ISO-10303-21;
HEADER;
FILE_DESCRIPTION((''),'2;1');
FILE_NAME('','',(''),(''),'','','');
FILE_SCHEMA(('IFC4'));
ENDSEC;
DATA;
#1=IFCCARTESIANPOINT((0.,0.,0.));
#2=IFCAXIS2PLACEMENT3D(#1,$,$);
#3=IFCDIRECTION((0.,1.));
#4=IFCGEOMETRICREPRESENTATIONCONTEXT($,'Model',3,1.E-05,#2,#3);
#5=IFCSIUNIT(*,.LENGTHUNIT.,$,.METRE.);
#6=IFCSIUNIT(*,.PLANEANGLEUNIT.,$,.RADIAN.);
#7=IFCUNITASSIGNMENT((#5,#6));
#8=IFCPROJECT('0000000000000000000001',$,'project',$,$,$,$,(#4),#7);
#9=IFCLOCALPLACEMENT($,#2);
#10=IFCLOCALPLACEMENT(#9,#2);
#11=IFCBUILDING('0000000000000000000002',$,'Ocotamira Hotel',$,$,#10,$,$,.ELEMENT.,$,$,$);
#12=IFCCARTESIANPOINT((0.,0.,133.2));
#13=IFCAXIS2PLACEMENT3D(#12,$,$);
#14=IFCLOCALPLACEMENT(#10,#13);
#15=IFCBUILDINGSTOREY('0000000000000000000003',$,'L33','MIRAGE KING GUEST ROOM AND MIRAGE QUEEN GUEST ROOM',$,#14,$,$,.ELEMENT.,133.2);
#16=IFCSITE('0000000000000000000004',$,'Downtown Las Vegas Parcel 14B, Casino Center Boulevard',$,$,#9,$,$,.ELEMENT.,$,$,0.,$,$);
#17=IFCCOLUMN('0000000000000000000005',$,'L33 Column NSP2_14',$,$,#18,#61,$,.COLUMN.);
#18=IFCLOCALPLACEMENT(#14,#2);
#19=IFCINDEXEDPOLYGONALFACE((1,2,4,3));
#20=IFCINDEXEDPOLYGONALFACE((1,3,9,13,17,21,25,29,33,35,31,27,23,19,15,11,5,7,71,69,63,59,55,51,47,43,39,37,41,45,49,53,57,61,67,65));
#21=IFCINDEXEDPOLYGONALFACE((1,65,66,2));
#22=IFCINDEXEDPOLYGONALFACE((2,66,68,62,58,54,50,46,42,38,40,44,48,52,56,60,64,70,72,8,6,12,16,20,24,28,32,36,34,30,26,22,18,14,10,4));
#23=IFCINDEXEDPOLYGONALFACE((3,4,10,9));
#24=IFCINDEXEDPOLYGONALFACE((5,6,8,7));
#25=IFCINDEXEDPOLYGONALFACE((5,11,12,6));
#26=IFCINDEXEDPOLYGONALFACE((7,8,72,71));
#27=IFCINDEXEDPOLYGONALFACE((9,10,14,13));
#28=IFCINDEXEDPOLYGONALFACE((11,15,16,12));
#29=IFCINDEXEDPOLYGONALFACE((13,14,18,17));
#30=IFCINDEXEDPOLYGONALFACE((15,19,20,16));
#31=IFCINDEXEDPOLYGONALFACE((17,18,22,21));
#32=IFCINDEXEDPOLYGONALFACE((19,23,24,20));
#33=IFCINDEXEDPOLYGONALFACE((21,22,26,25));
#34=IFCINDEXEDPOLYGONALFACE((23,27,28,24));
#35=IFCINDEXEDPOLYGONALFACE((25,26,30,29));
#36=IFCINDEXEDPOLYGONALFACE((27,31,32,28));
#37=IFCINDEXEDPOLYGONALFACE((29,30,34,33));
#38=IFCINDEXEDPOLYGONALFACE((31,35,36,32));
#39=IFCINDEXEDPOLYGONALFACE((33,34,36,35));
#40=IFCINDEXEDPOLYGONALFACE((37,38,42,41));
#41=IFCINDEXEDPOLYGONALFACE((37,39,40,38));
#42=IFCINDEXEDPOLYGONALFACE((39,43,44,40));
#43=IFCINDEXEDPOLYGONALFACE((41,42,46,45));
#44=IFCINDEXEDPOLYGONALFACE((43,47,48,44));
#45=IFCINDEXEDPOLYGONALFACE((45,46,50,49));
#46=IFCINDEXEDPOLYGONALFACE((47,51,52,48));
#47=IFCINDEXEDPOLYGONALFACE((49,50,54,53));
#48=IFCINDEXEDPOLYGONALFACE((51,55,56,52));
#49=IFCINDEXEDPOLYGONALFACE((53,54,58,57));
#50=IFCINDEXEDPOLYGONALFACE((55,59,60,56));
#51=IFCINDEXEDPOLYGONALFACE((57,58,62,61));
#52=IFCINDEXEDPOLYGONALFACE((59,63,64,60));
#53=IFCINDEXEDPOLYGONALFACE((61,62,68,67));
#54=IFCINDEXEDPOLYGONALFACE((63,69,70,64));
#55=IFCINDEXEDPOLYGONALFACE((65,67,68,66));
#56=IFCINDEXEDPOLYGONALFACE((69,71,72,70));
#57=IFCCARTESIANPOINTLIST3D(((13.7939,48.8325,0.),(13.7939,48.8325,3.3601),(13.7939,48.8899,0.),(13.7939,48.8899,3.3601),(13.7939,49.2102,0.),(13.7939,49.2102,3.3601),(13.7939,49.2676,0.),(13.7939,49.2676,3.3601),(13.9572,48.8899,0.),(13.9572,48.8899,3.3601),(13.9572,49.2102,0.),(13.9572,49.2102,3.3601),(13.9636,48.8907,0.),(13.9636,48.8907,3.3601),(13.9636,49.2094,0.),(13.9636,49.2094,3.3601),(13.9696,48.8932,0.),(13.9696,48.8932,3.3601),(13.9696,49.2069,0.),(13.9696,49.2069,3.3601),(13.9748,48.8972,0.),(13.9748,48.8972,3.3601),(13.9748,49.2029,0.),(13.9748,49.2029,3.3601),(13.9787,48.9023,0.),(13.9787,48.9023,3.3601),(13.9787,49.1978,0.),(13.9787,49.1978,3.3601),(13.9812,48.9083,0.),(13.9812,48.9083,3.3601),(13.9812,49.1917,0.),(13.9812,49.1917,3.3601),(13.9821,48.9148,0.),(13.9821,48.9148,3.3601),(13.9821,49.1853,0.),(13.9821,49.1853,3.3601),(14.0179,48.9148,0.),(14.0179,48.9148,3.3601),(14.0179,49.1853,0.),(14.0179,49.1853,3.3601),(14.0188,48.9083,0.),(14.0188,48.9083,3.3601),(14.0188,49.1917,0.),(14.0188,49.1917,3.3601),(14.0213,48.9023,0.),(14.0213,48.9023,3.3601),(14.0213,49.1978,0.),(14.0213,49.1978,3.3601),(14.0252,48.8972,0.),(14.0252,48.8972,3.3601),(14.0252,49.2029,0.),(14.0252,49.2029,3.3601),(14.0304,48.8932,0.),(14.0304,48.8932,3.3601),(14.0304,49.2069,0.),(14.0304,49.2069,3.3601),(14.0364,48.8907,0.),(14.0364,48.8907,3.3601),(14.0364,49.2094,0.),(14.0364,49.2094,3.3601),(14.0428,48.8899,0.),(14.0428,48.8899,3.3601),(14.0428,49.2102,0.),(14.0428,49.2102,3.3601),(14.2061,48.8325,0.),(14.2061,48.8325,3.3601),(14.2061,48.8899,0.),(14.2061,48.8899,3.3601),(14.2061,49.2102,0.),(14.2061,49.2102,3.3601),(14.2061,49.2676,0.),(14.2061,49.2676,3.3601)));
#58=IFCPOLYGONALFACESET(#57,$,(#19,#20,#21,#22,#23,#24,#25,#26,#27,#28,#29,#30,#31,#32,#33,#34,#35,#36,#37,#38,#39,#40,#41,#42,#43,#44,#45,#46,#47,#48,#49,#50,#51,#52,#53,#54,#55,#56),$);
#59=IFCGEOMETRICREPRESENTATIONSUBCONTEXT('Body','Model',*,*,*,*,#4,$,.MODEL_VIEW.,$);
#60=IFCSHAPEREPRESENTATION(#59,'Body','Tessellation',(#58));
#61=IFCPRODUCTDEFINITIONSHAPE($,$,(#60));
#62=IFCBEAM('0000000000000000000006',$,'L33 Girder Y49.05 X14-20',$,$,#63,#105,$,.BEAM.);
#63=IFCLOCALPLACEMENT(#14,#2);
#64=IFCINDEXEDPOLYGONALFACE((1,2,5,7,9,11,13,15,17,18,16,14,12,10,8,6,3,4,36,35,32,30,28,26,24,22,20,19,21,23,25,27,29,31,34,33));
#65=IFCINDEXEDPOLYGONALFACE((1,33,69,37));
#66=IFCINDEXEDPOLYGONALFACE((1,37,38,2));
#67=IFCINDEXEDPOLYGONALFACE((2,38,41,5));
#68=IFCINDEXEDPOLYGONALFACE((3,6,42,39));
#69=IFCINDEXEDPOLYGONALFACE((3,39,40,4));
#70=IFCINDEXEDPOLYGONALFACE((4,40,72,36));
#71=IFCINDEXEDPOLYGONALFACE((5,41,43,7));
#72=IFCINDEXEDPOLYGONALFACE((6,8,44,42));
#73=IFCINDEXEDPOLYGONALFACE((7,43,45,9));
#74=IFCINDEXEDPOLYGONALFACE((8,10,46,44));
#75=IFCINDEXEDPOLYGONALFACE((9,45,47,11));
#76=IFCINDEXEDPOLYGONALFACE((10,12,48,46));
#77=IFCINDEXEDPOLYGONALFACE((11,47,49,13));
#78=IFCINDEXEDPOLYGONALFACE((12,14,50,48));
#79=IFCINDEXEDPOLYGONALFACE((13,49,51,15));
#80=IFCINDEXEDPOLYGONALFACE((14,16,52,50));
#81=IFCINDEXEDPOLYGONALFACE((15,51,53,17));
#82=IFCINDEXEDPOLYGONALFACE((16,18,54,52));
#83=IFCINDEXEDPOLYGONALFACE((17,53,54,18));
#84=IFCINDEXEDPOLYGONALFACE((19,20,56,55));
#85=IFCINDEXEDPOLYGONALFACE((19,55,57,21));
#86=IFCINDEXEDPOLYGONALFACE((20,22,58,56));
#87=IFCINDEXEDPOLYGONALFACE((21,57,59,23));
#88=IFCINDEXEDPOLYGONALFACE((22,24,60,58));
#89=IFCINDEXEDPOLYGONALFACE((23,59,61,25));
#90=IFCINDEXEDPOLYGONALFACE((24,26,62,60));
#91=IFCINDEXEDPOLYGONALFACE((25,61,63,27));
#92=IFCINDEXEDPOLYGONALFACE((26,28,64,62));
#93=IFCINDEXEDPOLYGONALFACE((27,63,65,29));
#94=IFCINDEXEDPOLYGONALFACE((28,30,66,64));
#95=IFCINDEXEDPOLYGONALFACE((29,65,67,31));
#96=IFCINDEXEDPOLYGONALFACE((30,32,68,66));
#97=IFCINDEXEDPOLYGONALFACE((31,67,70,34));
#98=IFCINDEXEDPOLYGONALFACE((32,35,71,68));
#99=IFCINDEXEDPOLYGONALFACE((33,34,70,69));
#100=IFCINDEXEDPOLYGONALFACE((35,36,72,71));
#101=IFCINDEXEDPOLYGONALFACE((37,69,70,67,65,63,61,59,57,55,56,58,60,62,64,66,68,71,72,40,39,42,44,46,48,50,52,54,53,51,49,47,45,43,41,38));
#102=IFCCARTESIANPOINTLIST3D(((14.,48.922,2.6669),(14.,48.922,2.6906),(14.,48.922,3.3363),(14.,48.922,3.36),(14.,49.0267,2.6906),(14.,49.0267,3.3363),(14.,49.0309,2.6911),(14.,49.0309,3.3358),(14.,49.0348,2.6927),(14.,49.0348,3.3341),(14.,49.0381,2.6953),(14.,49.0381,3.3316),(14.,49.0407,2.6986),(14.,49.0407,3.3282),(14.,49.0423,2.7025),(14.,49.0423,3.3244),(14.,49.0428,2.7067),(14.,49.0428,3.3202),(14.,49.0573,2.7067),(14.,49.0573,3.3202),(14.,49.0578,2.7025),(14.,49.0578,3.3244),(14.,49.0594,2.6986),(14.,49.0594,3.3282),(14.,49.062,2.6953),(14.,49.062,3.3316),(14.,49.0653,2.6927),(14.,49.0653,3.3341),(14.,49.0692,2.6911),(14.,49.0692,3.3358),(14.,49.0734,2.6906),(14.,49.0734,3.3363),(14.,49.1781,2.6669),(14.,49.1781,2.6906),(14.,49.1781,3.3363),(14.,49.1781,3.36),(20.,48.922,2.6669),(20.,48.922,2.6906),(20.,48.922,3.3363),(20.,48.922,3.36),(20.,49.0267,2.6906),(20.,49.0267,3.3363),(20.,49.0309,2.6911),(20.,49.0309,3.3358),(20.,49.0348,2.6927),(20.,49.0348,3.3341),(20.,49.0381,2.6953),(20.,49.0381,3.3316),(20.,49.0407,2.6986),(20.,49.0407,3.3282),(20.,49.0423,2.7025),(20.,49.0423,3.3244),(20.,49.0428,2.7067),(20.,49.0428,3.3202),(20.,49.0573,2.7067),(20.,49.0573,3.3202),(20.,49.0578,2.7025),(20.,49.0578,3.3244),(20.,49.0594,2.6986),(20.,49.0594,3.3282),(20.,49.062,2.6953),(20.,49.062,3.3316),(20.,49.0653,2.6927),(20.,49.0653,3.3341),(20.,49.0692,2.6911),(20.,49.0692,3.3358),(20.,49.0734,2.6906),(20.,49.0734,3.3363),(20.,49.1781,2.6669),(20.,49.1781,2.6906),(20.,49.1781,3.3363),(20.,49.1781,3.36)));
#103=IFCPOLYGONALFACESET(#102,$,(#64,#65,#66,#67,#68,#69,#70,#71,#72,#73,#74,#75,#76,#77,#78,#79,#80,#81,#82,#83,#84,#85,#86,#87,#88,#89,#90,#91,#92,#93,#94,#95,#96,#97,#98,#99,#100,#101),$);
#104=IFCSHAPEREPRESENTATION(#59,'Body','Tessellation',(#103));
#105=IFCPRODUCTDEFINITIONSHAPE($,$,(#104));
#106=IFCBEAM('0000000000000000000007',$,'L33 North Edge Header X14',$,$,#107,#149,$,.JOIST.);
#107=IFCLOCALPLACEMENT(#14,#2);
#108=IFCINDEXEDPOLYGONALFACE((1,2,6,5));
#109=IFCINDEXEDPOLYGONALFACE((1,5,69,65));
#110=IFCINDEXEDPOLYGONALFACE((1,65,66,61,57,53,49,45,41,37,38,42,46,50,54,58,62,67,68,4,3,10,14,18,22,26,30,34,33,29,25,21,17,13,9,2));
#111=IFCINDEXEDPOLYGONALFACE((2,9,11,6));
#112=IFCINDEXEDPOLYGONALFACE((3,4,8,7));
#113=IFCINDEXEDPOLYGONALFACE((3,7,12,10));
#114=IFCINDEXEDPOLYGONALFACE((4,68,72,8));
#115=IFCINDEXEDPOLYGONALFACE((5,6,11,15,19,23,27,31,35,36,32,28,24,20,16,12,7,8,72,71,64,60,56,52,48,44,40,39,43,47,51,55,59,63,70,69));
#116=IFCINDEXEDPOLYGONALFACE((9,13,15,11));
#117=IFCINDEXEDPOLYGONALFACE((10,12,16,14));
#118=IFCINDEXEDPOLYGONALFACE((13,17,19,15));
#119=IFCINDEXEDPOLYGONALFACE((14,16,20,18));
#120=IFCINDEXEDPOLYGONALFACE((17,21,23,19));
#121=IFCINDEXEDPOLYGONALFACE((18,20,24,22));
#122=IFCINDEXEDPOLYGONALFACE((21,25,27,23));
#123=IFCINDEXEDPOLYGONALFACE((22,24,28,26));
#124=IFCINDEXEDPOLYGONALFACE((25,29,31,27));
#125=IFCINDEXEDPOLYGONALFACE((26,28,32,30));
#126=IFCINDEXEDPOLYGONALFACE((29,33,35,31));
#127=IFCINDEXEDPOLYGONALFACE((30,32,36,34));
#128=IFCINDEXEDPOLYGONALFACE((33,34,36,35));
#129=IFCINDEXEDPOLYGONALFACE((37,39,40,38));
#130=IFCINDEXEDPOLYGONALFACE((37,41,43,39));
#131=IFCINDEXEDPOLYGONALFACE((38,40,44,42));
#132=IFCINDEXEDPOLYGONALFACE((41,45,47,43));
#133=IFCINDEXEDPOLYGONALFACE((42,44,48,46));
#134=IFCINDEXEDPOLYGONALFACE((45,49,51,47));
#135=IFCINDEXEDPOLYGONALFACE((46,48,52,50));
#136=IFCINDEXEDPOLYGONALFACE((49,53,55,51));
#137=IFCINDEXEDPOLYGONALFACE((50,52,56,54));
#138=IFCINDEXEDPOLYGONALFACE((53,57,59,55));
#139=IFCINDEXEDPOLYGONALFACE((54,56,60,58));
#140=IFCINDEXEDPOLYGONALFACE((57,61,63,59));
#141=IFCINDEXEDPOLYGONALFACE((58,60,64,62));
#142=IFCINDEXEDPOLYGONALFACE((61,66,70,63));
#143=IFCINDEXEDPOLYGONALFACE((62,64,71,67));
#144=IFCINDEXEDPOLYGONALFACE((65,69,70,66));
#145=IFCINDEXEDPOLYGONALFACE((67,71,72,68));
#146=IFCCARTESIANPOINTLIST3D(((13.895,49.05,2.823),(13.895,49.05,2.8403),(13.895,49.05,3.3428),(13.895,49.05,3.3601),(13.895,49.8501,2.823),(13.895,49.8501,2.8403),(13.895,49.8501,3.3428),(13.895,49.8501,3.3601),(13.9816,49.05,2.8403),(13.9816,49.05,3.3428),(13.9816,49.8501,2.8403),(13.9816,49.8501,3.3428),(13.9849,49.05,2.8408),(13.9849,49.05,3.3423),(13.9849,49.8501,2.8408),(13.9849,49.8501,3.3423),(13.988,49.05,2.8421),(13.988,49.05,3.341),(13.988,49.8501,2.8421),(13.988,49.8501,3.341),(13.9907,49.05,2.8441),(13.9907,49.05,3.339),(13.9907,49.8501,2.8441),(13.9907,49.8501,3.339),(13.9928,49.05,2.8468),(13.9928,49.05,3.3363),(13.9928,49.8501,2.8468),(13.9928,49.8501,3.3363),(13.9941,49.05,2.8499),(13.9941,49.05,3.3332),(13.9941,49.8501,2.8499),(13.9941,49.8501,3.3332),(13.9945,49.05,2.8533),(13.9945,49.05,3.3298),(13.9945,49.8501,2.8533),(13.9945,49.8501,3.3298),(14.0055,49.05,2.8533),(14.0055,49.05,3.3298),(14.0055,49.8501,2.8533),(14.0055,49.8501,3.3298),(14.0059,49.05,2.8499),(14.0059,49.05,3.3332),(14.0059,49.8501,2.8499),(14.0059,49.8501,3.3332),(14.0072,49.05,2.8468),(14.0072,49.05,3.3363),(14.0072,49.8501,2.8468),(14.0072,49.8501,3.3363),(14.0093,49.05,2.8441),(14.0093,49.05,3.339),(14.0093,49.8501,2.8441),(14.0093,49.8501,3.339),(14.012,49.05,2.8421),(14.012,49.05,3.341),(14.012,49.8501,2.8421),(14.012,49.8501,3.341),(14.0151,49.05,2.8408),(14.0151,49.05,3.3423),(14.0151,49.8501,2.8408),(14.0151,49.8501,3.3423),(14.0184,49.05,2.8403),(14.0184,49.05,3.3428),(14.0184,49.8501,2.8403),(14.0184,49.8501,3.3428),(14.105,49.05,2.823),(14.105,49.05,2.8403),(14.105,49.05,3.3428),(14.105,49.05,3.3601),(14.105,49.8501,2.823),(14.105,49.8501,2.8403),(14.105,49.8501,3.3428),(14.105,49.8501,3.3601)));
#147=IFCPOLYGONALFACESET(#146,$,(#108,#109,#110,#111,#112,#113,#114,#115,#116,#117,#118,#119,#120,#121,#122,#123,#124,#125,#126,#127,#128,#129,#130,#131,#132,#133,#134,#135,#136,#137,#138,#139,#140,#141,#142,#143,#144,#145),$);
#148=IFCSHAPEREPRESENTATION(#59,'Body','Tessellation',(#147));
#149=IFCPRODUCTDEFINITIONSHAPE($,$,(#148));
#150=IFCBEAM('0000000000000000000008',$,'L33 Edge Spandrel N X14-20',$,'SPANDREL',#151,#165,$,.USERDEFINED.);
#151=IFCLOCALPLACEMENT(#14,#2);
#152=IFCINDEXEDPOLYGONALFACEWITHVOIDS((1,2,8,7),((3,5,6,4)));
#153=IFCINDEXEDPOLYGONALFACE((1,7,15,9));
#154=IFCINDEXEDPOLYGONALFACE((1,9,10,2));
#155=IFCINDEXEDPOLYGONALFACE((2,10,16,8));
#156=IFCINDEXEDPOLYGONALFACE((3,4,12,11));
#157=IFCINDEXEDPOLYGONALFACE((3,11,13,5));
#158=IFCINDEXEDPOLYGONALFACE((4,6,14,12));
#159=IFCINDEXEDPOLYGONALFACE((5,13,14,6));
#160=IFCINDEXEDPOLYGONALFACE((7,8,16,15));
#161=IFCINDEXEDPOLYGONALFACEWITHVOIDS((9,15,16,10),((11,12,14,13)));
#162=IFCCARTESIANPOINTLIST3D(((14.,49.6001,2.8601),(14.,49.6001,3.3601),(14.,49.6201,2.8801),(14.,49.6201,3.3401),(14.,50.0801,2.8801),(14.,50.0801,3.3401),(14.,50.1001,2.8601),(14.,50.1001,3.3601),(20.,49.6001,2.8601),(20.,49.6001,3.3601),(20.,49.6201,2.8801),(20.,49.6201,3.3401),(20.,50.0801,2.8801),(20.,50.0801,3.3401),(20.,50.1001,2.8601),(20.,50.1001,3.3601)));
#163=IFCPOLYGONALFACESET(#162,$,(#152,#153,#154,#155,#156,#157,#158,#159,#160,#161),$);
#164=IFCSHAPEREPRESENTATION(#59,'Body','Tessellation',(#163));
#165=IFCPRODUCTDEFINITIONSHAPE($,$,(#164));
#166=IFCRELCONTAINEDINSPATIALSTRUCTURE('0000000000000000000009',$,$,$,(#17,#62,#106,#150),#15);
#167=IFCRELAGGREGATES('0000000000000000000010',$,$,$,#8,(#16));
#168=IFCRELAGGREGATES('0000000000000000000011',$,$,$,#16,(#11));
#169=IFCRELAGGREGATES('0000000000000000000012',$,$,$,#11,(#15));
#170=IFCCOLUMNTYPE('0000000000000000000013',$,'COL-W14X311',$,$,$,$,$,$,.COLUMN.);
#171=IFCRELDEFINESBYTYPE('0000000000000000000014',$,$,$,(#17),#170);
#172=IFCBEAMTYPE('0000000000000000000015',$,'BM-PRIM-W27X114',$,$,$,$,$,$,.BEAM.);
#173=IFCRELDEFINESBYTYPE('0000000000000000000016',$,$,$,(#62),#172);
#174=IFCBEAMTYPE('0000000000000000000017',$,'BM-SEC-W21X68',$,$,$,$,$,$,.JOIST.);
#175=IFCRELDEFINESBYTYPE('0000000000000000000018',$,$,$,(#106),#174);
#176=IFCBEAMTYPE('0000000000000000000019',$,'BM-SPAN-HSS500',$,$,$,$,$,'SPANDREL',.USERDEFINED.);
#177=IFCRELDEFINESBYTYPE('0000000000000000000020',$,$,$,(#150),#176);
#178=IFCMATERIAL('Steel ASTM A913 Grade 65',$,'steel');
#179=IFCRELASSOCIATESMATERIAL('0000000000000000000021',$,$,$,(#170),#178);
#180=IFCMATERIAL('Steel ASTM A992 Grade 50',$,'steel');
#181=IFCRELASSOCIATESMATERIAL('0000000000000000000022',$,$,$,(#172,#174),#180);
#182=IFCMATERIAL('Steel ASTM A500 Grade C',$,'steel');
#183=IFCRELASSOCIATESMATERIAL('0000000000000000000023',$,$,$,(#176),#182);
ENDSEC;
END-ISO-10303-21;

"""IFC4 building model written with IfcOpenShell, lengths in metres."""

from ifc_helpers import new_model, si_unit, direction, frame, origin, origin_2d, place, context, subcontext, project, spatial, hollow_rectangle, i_section, extrude, source, transform, mapped, material, material_profile, profile_set, type_object, element, save


model = new_model("IFC4")

# Units and contexts
model_context = context("Model", 3, precision=1e-05, world=origin(), true_north=direction((0.0, 1.0)))
body_context = subcontext(model_context, "Body", "Model", "MODEL_VIEW")
ifc_project = project(units=[si_unit("LENGTHUNIT", "METRE"), si_unit("PLANEANGLEUNIT", "RADIAN")], contexts=[model_context])

# Site, building, storey
site_placement = place(None, origin())
site = spatial("IfcSite", under=ifc_project, at=site_placement, Name="Downtown Las Vegas Parcel 14B, Casino Center Boulevard", CompositionType="ELEMENT", RefElevation=0.0)
building_placement = place(site_placement, origin())
building = spatial("IfcBuilding", under=site, at=building_placement, Name="Ocotamira Hotel", CompositionType="ELEMENT")
storey_placement = place(building_placement, frame((0.0, 0.0, 133.2)))
storey = spatial("IfcBuildingStorey", under=building, at=storey_placement, Name="L33", Description="MIRAGE KING GUEST ROOM AND MIRAGE QUEEN GUEST ROOM", CompositionType="ELEMENT", Elevation=133.2)

# Column
ifc_material_1 = material(Name="Steel ASTM A913 Grade 65", Category="steel")
ifc_material_profile_1 = material_profile(ifc_material_1, i_section(OverallWidth=0.4121, OverallDepth=0.4351, WebThickness=0.0359, FlangeThickness=0.0574, FilletRadius=0.0249, at=origin_2d()), Name="W14X311")
ifc_profile_set_1 = profile_set([ifc_material_profile_1], Name="Steel ASTM A913 Grade 65")
column_type = type_object("IfcColumnType", Name="COL-W14X311", PredefinedType="COLUMN", material=ifc_profile_set_1)
shared_shape_1 = source(origin(), body_context, "Body", "SweptSolid", [
    extrude(i_section(OverallWidth=0.4121, OverallDepth=0.4351, WebThickness=0.0359, FlangeThickness=0.0574, FilletRadius=0.0249, at=origin_2d()), origin(), (0.0, 0.0, 1.0), 3.3601),
])
column_placement = place(storey_placement, frame((14.0, 49.05, 0.0), z_axis=(0.0, 0.0, 1.0), x_axis=(1.0, 0.0, 0.0)))
element("IfcColumn", 1, at=column_placement, inside=storey, type_object=column_type, Name="L33 Column NSP2_14", PredefinedType="COLUMN", context=body_context, shape_type="MappedRepresentation", body=[
    mapped(shared_shape_1, transform((0.0, 0.0, 0.0), scale=1.0)),
])

# Beams
ifc_material_2 = material(Name="Steel ASTM A992 Grade 50", Category="steel")
ifc_material_profile_2 = material_profile(ifc_material_2, i_section(OverallWidth=0.2561, OverallDepth=0.6931, WebThickness=0.0144, FlangeThickness=0.0237, FilletRadius=0.0161, at=origin_2d()), Name="W27X114")
ifc_profile_set_2 = profile_set([ifc_material_profile_2], Name="Steel ASTM A992 Grade 50")
beam_type_1 = type_object("IfcBeamType", Name="BM-PRIM-W27X114", PredefinedType="BEAM", material=ifc_profile_set_2)
shared_shape_2 = source(origin(), body_context, "Body", "SweptSolid", [
    extrude(i_section(OverallWidth=0.2561, OverallDepth=0.6931, WebThickness=0.0144, FlangeThickness=0.0237, FilletRadius=0.0161, at=origin_2d()), origin(), (0.0, 0.0, 1.0), 6.0),
])
beam_1_placement = place(storey_placement, frame((14.0, 49.05, 3.0134), z_axis=(1.0, 0.0, 0.0), x_axis=(0.0, 1.0, 0.0)))
element("IfcBeam", 2, at=beam_1_placement, inside=storey, type_object=beam_type_1, Name="L33 Girder Y49.05 X14-20", PredefinedType="BEAM", context=body_context, shape_type="MappedRepresentation", body=[
    mapped(shared_shape_2, transform((0.0, 0.0, 0.0), scale=1.0)),
])
ifc_material_profile_3 = material_profile(ifc_material_2, i_section(OverallWidth=0.21, OverallDepth=0.5371, WebThickness=0.011, FlangeThickness=0.0173, FilletRadius=0.0129, at=origin_2d()), Name="W21X68")
ifc_profile_set_3 = profile_set([ifc_material_profile_3], Name="Steel ASTM A992 Grade 50")
beam_type_2 = type_object("IfcBeamType", Name="BM-SEC-W21X68", PredefinedType="JOIST", material=ifc_profile_set_3)
shared_shape_3 = source(origin(), body_context, "Body", "SweptSolid", [
    extrude(i_section(OverallWidth=0.21, OverallDepth=0.5371, WebThickness=0.011, FlangeThickness=0.0173, FilletRadius=0.0129, at=origin_2d()), origin(), (0.0, 0.0, 1.0), 0.8),
])
beam_2_placement = place(storey_placement, frame((14.0, 49.05, 3.0916), z_axis=(0.0, 1.0, 0.0), x_axis=(-1.0, 0.0, 0.0)))
element("IfcBeam", 3, at=beam_2_placement, inside=storey, type_object=beam_type_2, Name="L33 North Edge Header X14", PredefinedType="JOIST", context=body_context, shape_type="MappedRepresentation", body=[
    mapped(shared_shape_3, transform((0.0, 0.0, 0.0), scale=1.0)),
])
ifc_material_3 = material(Name="Steel ASTM A500 Grade C", Category="steel")
ifc_material_profile_4 = material_profile(ifc_material_3, hollow_rectangle(XDim=0.5, YDim=0.5, WallThickness=0.02, at=origin_2d()), Name="HSS500X500X20")
ifc_profile_set_4 = profile_set([ifc_material_profile_4], Name="Steel ASTM A500 Grade C")
beam_type_3 = type_object("IfcBeamType", Name="BM-SPAN-HSS500", ElementType="SPANDREL", PredefinedType="USERDEFINED", material=ifc_profile_set_4)
shared_shape_4 = source(origin(), body_context, "Body", "SweptSolid", [
    extrude(hollow_rectangle(XDim=0.5, YDim=0.5, WallThickness=0.02, at=origin_2d()), origin(), (0.0, 0.0, 1.0), 6.0),
])
beam_3_placement = place(storey_placement, frame((14.0, 49.8501, 3.1101), z_axis=(1.0, 0.0, 0.0), x_axis=(0.0, 1.0, 0.0)))
element("IfcBeam", 4, at=beam_3_placement, inside=storey, type_object=beam_type_3, Name="L33 Edge Spandrel N X14-20", ObjectType="SPANDREL", PredefinedType="USERDEFINED", context=body_context, shape_type="MappedRepresentation", body=[
    mapped(shared_shape_4, transform((0.0, 0.0, 0.0), scale=1.0)),
])

save(model, "model.ifc")
